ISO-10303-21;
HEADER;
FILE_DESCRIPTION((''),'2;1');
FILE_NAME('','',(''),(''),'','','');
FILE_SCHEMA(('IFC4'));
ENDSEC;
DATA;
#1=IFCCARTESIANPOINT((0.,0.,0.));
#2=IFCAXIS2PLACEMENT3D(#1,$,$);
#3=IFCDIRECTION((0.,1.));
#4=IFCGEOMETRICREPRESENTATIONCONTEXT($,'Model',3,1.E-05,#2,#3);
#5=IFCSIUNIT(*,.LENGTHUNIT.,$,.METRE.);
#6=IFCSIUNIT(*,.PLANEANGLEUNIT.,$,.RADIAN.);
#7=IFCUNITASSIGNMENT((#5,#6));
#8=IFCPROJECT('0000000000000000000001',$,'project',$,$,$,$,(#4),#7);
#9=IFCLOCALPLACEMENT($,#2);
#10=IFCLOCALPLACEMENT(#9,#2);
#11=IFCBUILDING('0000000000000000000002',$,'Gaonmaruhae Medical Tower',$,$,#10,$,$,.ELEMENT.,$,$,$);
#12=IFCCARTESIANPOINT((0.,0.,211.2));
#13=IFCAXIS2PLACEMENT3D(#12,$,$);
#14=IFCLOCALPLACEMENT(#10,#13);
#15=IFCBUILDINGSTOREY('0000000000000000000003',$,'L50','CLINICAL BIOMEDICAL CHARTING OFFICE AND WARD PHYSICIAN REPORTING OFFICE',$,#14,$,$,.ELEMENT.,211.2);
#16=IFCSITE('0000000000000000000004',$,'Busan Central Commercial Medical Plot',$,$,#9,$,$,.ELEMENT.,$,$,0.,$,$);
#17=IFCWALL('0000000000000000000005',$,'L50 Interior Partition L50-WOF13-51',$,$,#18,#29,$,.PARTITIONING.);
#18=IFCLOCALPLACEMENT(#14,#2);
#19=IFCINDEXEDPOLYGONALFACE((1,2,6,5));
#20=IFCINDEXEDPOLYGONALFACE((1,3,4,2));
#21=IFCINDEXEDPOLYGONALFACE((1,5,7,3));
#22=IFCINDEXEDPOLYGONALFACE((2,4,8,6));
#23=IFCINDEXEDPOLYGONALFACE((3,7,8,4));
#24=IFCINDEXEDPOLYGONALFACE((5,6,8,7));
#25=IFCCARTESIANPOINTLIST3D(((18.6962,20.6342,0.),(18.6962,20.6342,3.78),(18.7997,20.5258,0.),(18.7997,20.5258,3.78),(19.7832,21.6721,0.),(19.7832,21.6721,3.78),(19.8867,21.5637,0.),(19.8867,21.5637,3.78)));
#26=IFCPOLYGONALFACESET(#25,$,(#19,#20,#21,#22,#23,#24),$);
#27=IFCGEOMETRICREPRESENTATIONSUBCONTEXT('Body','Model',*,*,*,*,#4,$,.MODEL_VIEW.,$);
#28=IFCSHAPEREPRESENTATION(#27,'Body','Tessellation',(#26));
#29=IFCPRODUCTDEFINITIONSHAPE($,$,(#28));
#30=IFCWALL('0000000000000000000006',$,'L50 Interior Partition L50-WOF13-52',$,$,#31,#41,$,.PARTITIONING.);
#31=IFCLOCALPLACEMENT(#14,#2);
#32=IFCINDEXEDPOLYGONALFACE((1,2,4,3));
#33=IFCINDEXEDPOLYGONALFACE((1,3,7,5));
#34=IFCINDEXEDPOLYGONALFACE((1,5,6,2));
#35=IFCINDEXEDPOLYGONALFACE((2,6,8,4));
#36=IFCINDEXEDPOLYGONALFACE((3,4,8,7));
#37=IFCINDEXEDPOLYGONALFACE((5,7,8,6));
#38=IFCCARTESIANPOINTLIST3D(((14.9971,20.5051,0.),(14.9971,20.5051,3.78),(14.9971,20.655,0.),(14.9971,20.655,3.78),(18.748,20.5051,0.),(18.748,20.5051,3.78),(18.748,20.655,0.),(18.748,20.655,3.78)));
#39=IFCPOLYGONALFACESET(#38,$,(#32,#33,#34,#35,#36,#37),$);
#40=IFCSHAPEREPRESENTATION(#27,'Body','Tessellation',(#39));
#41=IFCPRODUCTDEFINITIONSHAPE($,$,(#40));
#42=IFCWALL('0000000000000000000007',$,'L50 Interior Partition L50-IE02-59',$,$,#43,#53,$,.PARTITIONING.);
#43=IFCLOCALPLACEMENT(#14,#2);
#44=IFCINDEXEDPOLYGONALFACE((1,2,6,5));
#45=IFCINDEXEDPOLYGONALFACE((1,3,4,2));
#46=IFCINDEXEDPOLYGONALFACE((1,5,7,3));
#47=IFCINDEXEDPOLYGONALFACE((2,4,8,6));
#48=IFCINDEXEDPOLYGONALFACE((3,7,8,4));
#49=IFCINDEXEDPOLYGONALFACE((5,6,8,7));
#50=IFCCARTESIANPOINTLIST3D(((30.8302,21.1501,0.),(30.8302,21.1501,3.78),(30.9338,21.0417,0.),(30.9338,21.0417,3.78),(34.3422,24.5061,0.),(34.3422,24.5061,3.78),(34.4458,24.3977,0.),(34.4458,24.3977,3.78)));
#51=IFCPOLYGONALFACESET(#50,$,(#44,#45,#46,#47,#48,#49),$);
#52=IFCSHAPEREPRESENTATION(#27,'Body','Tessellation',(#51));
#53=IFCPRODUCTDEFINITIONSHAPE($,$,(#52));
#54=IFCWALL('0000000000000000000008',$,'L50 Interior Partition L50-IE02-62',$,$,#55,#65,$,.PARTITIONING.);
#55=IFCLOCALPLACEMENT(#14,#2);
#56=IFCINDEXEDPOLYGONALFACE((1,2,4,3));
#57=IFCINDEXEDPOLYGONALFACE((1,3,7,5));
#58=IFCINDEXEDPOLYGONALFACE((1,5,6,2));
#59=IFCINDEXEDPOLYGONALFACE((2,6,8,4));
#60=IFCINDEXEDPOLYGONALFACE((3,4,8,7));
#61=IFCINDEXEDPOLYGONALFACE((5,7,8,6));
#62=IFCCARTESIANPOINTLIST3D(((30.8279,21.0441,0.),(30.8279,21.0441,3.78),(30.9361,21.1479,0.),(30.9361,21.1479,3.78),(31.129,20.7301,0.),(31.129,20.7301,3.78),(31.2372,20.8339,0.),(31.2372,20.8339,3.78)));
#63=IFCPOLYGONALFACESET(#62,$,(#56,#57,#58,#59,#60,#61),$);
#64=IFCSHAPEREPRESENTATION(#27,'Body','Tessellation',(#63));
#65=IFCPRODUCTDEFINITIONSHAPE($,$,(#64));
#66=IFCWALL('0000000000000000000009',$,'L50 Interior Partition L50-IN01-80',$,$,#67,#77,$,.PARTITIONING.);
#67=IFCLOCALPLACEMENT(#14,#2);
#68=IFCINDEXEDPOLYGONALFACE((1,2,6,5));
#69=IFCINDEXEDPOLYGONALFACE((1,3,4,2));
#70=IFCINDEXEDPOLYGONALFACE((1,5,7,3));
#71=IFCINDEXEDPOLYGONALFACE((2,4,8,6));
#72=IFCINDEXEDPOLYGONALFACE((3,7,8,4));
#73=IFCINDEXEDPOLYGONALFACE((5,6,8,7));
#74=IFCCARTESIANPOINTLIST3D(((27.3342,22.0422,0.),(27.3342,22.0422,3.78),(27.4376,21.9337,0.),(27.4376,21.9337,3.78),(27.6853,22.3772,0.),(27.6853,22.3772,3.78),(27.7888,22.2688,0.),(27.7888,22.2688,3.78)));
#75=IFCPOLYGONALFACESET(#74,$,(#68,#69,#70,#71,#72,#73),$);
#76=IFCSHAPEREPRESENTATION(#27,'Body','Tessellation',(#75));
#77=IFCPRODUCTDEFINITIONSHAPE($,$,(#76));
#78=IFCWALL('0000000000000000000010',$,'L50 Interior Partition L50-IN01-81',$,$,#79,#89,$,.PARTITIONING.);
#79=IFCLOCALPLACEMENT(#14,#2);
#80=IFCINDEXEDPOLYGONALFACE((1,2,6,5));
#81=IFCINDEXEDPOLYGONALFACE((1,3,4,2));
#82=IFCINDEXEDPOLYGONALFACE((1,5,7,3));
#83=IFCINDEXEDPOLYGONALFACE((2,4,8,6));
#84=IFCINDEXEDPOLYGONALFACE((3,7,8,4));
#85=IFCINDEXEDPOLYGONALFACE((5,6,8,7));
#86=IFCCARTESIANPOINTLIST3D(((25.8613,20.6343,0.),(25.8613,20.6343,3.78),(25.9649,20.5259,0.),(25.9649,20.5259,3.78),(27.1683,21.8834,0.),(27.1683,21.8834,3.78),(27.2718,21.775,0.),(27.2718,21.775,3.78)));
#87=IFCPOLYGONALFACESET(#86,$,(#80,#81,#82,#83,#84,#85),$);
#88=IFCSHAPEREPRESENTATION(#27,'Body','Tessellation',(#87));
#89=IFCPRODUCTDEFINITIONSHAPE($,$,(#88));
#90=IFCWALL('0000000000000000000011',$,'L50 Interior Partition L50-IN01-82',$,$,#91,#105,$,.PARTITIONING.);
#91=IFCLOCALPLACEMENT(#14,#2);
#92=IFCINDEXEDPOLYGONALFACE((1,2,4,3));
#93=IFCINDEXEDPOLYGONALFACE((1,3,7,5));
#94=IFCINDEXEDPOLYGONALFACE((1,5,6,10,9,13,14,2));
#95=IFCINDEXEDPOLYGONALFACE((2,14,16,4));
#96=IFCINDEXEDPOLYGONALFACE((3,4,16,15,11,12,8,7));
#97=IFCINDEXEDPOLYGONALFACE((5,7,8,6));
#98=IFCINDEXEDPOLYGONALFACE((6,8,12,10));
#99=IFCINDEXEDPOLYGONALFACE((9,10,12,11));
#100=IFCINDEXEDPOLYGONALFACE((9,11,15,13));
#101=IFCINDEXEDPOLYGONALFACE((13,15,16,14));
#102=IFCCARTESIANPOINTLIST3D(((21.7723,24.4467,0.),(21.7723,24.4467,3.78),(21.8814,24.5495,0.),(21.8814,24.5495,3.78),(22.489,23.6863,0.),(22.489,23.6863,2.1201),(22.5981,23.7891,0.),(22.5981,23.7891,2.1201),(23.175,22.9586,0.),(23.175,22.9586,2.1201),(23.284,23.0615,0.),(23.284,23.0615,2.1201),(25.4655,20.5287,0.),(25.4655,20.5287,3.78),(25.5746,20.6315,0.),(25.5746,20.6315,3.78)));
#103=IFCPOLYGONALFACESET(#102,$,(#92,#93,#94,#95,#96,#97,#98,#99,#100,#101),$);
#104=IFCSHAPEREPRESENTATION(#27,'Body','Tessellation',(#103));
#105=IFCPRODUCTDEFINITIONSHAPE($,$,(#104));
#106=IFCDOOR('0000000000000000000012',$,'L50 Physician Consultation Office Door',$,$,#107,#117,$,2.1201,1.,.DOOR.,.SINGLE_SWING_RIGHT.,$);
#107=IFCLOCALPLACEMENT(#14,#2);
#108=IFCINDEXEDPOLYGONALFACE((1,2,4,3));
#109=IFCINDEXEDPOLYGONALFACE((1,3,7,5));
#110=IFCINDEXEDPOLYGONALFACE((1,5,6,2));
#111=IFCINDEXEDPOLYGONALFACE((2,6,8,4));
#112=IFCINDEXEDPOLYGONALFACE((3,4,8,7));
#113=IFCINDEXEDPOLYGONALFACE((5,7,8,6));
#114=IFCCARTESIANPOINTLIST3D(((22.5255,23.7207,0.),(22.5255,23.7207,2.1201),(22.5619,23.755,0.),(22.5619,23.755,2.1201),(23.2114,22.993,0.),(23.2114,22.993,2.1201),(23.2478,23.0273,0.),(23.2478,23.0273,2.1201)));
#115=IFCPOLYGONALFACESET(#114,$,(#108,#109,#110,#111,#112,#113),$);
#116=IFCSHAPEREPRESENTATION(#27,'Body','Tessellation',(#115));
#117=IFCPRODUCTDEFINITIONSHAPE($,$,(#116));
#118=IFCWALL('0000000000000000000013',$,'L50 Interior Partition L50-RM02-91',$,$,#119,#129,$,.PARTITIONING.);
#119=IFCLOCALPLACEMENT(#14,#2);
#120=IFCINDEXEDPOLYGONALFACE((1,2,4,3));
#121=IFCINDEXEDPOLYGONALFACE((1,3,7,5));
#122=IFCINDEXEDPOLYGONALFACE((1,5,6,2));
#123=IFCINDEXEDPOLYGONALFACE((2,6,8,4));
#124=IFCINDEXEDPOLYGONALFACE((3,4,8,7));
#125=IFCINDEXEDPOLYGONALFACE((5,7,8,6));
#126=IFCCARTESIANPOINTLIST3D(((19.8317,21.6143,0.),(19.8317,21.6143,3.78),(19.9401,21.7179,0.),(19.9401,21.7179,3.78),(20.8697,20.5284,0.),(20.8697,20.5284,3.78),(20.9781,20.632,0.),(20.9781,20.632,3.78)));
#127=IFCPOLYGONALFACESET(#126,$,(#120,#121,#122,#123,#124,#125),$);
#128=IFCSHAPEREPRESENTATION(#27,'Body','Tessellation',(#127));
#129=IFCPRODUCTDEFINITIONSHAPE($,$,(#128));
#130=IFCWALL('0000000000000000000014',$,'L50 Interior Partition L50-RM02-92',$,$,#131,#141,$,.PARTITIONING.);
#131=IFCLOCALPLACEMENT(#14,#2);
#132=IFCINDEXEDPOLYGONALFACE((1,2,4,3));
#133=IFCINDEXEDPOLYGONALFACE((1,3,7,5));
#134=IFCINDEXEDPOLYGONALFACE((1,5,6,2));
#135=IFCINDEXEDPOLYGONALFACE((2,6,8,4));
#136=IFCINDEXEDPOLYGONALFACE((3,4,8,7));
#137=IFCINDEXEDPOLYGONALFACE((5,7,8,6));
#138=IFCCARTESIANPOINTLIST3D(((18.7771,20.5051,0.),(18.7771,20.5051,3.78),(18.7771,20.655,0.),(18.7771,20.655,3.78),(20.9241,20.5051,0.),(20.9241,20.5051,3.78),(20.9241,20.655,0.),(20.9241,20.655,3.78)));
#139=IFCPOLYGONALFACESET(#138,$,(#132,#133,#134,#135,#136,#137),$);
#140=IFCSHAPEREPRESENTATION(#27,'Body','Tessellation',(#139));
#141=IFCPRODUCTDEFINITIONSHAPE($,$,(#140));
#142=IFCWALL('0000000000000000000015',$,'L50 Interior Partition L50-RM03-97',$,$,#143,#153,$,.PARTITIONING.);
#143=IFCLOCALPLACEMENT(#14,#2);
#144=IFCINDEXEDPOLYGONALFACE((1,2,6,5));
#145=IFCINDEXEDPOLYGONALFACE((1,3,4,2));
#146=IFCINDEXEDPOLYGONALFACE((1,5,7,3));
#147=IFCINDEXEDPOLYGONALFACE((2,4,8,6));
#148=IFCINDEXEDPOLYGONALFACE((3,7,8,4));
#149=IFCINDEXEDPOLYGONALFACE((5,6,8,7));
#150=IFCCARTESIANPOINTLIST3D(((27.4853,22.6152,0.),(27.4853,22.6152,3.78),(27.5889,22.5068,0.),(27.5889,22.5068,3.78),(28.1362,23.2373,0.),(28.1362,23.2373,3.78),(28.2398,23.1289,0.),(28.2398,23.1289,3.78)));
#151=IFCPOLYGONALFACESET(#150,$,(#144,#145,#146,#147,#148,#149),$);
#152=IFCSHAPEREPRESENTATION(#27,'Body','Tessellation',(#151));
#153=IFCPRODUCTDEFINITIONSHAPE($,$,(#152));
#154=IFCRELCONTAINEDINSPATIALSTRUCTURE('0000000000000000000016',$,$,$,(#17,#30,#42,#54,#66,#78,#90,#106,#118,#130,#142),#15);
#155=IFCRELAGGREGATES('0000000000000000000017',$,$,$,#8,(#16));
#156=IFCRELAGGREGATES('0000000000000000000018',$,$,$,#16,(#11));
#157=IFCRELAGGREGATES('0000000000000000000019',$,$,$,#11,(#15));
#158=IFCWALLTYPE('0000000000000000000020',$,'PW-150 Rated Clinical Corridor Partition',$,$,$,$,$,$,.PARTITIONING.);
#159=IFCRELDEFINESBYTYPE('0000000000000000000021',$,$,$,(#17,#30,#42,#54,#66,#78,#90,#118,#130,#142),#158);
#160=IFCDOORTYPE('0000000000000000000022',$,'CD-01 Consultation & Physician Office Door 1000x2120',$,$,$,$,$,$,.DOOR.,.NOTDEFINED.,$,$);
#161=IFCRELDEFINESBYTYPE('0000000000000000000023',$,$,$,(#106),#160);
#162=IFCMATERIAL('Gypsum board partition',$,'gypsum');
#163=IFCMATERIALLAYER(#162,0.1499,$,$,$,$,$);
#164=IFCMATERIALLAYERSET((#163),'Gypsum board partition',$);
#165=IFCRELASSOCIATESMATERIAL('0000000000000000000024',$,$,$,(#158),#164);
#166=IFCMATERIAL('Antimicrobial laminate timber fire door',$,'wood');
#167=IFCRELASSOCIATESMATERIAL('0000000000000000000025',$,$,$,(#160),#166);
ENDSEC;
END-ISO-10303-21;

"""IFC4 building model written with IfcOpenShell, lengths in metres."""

from ifc_helpers import new_model, si_unit, direction, frame, frame_2d, origin, place, context, subcontext, project, spatial, rectangle, extrude, material, layer, layer_set, type_object, element, fill, save


model = new_model("IFC4")

# Units and contexts
model_context = context("Model", 3, precision=1e-05, world=origin(), true_north=direction((0.0, 1.0)))
body_context = subcontext(model_context, "Body", "Model", "MODEL_VIEW")
ifc_project = project(units=[si_unit("LENGTHUNIT", "METRE"), si_unit("PLANEANGLEUNIT", "RADIAN")], contexts=[model_context])

# Site, building, storey
site_placement = place(None, origin())
site = spatial("IfcSite", under=ifc_project, at=site_placement, Name="Busan Central Commercial Medical Plot", CompositionType="ELEMENT", RefElevation=0.0)
building_placement = place(site_placement, origin())
building = spatial("IfcBuilding", under=site, at=building_placement, Name="Gaonmaruhae Medical Tower", CompositionType="ELEMENT")
storey_placement = place(building_placement, frame((0.0, 0.0, 211.2)))
storey = spatial("IfcBuildingStorey", under=building, at=storey_placement, Name="L50", Description="CLINICAL BIOMEDICAL CHARTING OFFICE AND WARD PHYSICIAN REPORTING OFFICE", CompositionType="ELEMENT", Elevation=211.2)

# Walls
ifc_material_1 = material(Name="Gypsum board partition", Category="gypsum")
ifc_layer_1 = layer(ifc_material_1, 0.1499)
ifc_layer_set_1 = layer_set([ifc_layer_1], Name="Gypsum board partition")
wall_type_1 = type_object("IfcWallType", Name="PW-150 Rated Clinical Corridor Partition", PredefinedType="PARTITIONING", material=ifc_layer_set_1)
wall_1_placement = place(storey_placement, frame((19.835, 21.6179, 0.0), z_axis=(0.0, 0.0, 1.0), x_axis=(-0.723245, -0.690592, 0.0)))
element("IfcWall", 1, at=wall_1_placement, inside=storey, type_object=wall_type_1, Name="L50 Interior Partition L50-WOF13-51", PredefinedType="PARTITIONING", context=body_context, shape_type="SweptSolid", body=[
    extrude(rectangle(XDim=1.5029, YDim=0.1499, at=frame_2d((0.7515, 0.0))), origin(), (0.0, 0.0, 1.0), 3.78),
])
wall_2_placement = place(storey_placement, frame((18.748, 20.5801, 0.0), z_axis=(0.0, 0.0, 1.0), x_axis=(-1.0, 0.0, 0.0)))
element("IfcWall", 2, at=wall_2_placement, inside=storey, type_object=wall_type_1, Name="L50 Interior Partition L50-WOF13-52", PredefinedType="PARTITIONING", context=body_context, shape_type="SweptSolid", body=[
    extrude(rectangle(XDim=3.751, YDim=0.1499, at=frame_2d((1.8755, 0.0))), origin(), (0.0, 0.0, 1.0), 3.78),
])
wall_3_placement = place(storey_placement, frame((30.8821, 21.0959, 0.0), z_axis=(0.0, 0.0, 1.0), x_axis=(0.722982, 0.690867, 0.0)))
element("IfcWall", 3, at=wall_3_placement, inside=storey, type_object=wall_type_1, Name="L50 Interior Partition L50-IE02-59", PredefinedType="PARTITIONING", context=body_context, shape_type="SweptSolid", body=[
    extrude(rectangle(XDim=4.8577, YDim=0.1499, at=frame_2d((2.4287, 0.0))), origin(), (0.0, 0.0, 1.0), 3.78),
])
wall_4_placement = place(storey_placement, frame((31.1831, 20.782, 0.0), z_axis=(0.0, 0.0, 1.0), x_axis=(-0.692076, 0.721825, 0.0)))
element("IfcWall", 4, at=wall_4_placement, inside=storey, type_object=wall_type_1, Name="L50 Interior Partition L50-IE02-62", PredefinedType="PARTITIONING", context=body_context, shape_type="SweptSolid", body=[
    extrude(rectangle(XDim=0.4351, YDim=0.1499, at=frame_2d((0.2175, 0.0))), origin(), (0.0, 0.0, 1.0), 3.78),
])
wall_5_placement = place(storey_placement, frame((27.7371, 22.323, 0.0), z_axis=(0.0, 0.0, 1.0), x_axis=(-0.723515, -0.690308, 0.0)))
element("IfcWall", 5, at=wall_5_placement, inside=storey, type_object=wall_type_1, Name="L50 Interior Partition L50-IN01-80", PredefinedType="PARTITIONING", context=body_context, shape_type="SweptSolid", body=[
    extrude(rectangle(XDim=0.4854, YDim=0.1499, at=frame_2d((0.2427, 0.0))), origin(), (0.0, 0.0, 1.0), 3.78),
])
wall_6_placement = place(storey_placement, frame((27.22, 21.8291, 0.0), z_axis=(0.0, 0.0, 1.0), x_axis=(-0.722929, -0.690922, 0.0)))
element("IfcWall", 6, at=wall_6_placement, inside=storey, type_object=wall_type_1, Name="L50 Interior Partition L50-IN01-81", PredefinedType="PARTITIONING", context=body_context, shape_type="SweptSolid", body=[
    extrude(rectangle(XDim=1.8079, YDim=0.1499, at=frame_2d((0.9038, 0.0))), origin(), (0.0, 0.0, 1.0), 3.78),
])

# Wall, opening, door
wall_7_placement = place(storey_placement, frame((25.52, 20.5801, 0.0), z_axis=(0.0, 0.0, 1.0), x_axis=(-0.685918, 0.727679, 0.0)))
wall_7 = element("IfcWall", 7, at=wall_7_placement, inside=storey, type_object=wall_type_1, Name="L50 Interior Partition L50-IN01-82", PredefinedType="PARTITIONING", context=body_context, shape_type="SweptSolid", body=[
    extrude(rectangle(XDim=5.3843, YDim=0.1499, at=frame_2d((2.6921, 0.0))), origin(), (0.0, 0.0, 1.0), 3.78),
])
opening_1_placement = place(wall_7_placement, frame((3.3394, 0.0, 0.0)))
opening_1 = element("IfcOpeningElement", 8, at=opening_1_placement, cuts=wall_7, PredefinedType="OPENING", context=body_context, shape_type="SweptSolid", body=[
    extrude(rectangle(XDim=1.0, YDim=2.1201, at=frame_2d((0.5, 1.0601))), frame((0.0, 0.085, 0.0), z_axis=(0.0, -1.0, 0.0), x_axis=(1.0, 0.0, 0.0)), (0.0, 0.0, 1.0), 0.1699),
])
ifc_material_2 = material(Name="Antimicrobial laminate timber fire door", Category="wood")
door_type = type_object("IfcDoorType", Name="CD-01 Consultation & Physician Office Door 1000x2120", OperationType="NOTDEFINED", PredefinedType="DOOR", material=ifc_material_2)
door_placement = place(opening_1_placement, origin())
door = element("IfcDoor", 9, at=door_placement, inside=storey, type_object=door_type, Name="L50 Physician Consultation Office Door", OperationType="SINGLE_SWING_RIGHT", OverallHeight=2.1201, OverallWidth=1.0, PredefinedType="DOOR", context=body_context, shape_type="SweptSolid", body=[
    extrude(rectangle(XDim=1.0, YDim=2.1201, at=frame_2d((0.5, 1.0601))), frame((0.0, 0.0249, 0.0), z_axis=(0.0, -1.0, 0.0), x_axis=(1.0, 0.0, 0.0)), (0.0, 0.0, 1.0), 0.05),
])
fill(opening_1, door)

# Walls
wall_8_placement = place(storey_placement, frame((19.886, 21.666, 0.0), z_axis=(0.0, 0.0, 1.0), x_axis=(0.691001, -0.722854, 0.0)))
element("IfcWall", 10, at=wall_8_placement, inside=storey, type_object=wall_type_1, Name="L50 Interior Partition L50-RM02-91", PredefinedType="PARTITIONING", context=body_context, shape_type="SweptSolid", body=[
    extrude(rectangle(XDim=1.5022, YDim=0.1499, at=frame_2d((0.751, 0.0))), origin(), (0.0, 0.0, 1.0), 3.78),
])
wall_9_placement = place(storey_placement, frame((20.9241, 20.5801, 0.0), z_axis=(0.0, 0.0, 1.0), x_axis=(-1.0, 0.0, 0.0)))
element("IfcWall", 11, at=wall_9_placement, inside=storey, type_object=wall_type_1, Name="L50 Interior Partition L50-RM02-92", PredefinedType="PARTITIONING", context=body_context, shape_type="SweptSolid", body=[
    extrude(rectangle(XDim=2.147, YDim=0.1499, at=frame_2d((1.0735, 0.0))), origin(), (0.0, 0.0, 1.0), 3.78),
])
wall_10_placement = place(storey_placement, frame((28.188, 23.1831, 0.0), z_axis=(0.0, 0.0, 1.0), x_axis=(-0.722924, -0.690927, 0.0)))
element("IfcWall", 12, at=wall_10_placement, inside=storey, type_object=wall_type_1, Name="L50 Interior Partition L50-RM03-97", PredefinedType="PARTITIONING", context=body_context, shape_type="SweptSolid", body=[
    extrude(rectangle(XDim=0.9004, YDim=0.1499, at=frame_2d((0.4502, 0.0))), origin(), (0.0, 0.0, 1.0), 3.78),
])

save(model, "model.ifc")
